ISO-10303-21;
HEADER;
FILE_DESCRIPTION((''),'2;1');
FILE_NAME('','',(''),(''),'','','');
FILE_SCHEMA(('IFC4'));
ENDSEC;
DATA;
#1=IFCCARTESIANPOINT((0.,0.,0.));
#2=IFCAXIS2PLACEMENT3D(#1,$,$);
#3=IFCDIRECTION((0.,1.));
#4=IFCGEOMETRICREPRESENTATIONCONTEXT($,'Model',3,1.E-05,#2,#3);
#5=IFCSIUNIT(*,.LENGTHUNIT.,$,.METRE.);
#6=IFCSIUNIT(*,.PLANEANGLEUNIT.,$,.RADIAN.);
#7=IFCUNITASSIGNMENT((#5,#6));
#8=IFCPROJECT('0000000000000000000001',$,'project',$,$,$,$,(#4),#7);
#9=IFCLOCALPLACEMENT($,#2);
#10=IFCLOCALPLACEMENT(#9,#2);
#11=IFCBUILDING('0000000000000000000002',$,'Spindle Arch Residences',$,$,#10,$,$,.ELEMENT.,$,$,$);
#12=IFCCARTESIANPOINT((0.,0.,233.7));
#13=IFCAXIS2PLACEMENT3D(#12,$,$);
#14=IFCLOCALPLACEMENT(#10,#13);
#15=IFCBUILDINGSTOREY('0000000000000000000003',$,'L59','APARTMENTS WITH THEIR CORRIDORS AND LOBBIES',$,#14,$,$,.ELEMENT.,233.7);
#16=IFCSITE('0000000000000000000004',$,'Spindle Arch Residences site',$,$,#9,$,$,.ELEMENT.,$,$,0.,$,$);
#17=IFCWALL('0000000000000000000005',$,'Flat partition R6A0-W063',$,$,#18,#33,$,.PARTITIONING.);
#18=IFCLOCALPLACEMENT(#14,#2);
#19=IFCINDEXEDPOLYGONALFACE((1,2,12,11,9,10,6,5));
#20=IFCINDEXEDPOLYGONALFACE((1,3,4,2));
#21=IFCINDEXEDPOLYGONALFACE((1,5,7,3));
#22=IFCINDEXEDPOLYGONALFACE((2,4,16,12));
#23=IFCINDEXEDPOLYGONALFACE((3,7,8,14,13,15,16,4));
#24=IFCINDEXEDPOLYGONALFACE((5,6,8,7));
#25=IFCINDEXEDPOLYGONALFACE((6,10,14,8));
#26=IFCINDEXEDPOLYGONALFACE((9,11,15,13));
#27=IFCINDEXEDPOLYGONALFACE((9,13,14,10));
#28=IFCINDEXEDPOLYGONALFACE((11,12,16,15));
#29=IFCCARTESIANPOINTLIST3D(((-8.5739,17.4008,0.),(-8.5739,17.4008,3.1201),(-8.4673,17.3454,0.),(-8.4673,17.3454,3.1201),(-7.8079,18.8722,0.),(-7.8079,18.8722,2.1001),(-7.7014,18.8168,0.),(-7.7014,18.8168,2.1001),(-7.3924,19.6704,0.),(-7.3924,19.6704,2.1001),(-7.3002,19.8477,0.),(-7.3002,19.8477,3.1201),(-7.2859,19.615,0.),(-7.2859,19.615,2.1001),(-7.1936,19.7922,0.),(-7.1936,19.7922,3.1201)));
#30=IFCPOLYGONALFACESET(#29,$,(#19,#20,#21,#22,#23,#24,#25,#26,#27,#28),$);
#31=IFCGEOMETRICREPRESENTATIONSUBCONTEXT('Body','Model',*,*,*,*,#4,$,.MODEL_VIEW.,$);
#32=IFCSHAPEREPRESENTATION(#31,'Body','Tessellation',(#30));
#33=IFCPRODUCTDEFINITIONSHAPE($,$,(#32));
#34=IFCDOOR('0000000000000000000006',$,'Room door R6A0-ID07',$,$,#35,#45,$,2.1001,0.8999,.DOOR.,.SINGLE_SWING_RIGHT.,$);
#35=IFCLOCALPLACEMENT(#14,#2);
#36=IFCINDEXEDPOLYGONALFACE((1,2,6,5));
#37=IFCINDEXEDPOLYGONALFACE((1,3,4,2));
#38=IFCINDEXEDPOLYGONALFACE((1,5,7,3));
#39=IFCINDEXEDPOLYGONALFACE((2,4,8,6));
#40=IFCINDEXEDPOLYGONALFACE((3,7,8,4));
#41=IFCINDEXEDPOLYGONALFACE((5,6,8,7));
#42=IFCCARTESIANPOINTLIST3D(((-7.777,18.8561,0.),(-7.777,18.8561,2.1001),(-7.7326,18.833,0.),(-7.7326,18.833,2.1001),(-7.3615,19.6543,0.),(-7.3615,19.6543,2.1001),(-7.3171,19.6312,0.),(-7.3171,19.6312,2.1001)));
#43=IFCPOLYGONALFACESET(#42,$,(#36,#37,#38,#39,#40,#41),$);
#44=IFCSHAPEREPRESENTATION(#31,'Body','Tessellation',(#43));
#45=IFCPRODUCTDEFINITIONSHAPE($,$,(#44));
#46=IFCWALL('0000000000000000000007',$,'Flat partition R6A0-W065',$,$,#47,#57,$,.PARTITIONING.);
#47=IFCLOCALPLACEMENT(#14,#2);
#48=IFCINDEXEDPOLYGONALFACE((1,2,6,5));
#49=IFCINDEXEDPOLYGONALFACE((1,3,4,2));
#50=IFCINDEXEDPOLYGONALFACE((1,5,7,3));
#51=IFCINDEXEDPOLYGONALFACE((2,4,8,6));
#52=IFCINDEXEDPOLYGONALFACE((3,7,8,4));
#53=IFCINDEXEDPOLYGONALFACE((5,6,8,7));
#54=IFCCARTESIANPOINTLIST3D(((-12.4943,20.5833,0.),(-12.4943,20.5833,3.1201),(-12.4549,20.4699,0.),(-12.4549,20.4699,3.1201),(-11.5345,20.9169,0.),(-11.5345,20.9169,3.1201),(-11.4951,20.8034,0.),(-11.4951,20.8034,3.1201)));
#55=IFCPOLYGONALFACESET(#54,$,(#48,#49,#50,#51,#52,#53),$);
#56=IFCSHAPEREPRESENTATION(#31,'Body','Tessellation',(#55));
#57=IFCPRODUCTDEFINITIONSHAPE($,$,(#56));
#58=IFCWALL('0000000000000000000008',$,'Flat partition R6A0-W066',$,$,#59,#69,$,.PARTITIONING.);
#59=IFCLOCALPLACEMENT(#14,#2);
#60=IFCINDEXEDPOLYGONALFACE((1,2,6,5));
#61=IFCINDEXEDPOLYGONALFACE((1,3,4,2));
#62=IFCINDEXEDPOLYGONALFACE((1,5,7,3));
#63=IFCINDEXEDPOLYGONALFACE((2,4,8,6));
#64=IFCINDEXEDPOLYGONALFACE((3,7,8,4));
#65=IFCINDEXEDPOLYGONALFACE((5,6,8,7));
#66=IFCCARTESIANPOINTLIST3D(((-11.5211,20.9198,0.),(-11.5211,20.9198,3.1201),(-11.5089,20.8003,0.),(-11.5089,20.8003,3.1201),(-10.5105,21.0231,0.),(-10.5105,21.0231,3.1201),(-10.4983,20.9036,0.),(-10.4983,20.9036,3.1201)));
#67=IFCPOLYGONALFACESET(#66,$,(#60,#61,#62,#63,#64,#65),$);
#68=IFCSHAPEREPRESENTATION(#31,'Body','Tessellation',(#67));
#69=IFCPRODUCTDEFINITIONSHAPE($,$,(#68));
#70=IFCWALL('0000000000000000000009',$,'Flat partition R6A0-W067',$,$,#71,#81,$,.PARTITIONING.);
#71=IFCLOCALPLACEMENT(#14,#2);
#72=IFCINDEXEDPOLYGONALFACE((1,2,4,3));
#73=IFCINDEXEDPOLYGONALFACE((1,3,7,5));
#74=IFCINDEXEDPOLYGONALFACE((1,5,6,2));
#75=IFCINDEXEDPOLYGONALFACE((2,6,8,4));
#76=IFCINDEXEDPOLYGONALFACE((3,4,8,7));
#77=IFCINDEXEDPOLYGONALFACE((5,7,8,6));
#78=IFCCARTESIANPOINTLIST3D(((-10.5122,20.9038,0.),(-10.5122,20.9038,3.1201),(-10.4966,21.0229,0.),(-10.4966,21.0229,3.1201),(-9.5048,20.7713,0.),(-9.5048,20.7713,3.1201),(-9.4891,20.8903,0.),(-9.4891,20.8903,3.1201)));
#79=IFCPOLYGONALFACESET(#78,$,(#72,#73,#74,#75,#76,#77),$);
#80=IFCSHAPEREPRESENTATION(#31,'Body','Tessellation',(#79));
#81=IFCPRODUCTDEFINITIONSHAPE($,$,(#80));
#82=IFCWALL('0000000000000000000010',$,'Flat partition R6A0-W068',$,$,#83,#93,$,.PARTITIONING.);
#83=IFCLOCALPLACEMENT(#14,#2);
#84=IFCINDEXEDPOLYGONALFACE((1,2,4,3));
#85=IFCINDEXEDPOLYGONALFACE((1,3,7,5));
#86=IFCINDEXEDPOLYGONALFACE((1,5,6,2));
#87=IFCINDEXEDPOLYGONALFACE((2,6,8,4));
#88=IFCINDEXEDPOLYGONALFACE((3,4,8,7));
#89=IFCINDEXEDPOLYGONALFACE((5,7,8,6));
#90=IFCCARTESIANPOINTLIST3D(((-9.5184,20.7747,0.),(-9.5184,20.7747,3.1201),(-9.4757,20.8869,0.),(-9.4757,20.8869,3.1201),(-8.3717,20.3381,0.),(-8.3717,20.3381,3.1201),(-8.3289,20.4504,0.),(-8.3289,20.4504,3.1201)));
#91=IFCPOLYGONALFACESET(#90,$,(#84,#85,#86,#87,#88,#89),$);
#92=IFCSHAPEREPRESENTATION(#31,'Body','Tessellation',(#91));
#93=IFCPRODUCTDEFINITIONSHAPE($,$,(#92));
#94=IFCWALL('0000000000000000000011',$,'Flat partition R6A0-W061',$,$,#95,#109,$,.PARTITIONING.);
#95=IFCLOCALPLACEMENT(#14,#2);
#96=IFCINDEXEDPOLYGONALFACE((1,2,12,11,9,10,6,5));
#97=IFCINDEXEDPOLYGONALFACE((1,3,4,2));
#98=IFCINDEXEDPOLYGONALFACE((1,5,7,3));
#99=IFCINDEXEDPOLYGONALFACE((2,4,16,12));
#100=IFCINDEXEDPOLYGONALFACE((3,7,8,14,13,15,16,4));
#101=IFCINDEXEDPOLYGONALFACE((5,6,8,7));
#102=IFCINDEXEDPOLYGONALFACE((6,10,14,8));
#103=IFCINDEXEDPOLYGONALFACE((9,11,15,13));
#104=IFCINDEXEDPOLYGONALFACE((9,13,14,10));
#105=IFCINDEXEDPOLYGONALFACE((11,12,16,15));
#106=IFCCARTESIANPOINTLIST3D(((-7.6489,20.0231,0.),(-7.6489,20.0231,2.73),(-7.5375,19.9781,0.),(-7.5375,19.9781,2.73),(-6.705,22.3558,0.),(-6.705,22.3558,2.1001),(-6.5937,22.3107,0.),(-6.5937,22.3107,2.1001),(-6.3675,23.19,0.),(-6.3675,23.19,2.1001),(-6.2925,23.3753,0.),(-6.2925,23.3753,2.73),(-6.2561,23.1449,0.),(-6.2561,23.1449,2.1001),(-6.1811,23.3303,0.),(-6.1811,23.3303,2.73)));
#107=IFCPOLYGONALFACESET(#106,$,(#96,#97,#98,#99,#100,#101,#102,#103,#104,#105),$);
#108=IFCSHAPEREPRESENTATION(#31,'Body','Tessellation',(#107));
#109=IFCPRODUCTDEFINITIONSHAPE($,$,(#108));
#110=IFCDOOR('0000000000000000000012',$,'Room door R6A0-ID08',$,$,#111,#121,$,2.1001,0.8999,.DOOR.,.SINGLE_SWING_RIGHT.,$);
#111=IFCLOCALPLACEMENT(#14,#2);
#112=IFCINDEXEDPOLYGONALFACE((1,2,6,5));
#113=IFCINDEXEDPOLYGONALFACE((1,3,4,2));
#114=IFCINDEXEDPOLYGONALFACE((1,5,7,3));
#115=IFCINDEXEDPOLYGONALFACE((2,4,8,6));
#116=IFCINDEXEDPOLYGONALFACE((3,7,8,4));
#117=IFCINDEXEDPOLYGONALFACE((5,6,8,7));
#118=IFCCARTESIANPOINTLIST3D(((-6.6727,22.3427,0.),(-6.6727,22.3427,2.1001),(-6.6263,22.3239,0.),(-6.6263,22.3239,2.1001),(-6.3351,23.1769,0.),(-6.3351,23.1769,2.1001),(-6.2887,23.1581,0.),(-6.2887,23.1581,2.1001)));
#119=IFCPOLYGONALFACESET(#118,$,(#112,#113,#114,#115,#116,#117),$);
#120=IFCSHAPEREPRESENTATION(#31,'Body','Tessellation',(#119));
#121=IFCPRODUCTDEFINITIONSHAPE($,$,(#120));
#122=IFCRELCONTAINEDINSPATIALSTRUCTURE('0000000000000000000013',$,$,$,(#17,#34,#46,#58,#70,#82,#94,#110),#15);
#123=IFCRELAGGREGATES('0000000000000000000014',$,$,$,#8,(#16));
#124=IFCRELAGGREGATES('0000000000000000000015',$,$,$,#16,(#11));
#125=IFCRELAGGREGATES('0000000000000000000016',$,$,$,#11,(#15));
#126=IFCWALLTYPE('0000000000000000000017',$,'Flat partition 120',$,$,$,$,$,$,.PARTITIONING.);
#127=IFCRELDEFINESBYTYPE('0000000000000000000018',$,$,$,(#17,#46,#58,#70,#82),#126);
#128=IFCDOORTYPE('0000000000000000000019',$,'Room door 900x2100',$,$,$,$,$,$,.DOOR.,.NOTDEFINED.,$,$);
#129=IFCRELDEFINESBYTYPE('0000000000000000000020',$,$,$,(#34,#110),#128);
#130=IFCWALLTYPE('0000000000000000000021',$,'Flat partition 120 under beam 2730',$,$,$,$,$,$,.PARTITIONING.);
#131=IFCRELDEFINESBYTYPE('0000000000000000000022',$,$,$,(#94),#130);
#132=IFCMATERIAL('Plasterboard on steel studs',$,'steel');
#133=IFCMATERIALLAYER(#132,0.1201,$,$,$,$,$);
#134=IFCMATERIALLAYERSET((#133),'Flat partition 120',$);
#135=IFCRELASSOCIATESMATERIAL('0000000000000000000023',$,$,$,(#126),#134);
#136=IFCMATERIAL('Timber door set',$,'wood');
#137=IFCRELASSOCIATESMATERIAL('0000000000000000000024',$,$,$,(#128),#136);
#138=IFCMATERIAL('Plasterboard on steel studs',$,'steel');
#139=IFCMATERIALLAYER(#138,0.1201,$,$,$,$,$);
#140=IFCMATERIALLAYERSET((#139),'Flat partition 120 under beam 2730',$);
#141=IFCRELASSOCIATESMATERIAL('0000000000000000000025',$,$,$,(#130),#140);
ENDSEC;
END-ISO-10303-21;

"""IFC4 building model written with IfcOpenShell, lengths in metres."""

from ifc_helpers import new_model, si_unit, direction, frame, frame_2d, origin, place, context, subcontext, project, spatial, rectangle, extrude, material, layer, layer_set, type_object, element, fill, save


model = new_model("IFC4")

# Units and contexts
model_context = context("Model", 3, precision=1e-05, world=origin(), true_north=direction((0.0, 1.0)))
body_context = subcontext(model_context, "Body", "Model", "MODEL_VIEW")
ifc_project = project(units=[si_unit("LENGTHUNIT", "METRE"), si_unit("PLANEANGLEUNIT", "RADIAN")], contexts=[model_context])

# Site, building, storey
site_placement = place(None, origin())
site = spatial("IfcSite", under=ifc_project, at=site_placement, Name="Spindle Arch Residences site", CompositionType="ELEMENT", RefElevation=0.0)
building_placement = place(site_placement, origin())
building = spatial("IfcBuilding", under=site, at=building_placement, Name="Spindle Arch Residences", CompositionType="ELEMENT")
storey_placement = place(building_placement, frame((0.0, 0.0, 233.7)))
storey = spatial("IfcBuildingStorey", under=building, at=storey_placement, Name="L59", Description="APARTMENTS WITH THEIR CORRIDORS AND LOBBIES", CompositionType="ELEMENT", Elevation=233.7)

# Shared definitions
ifc_material_1 = material(Name="Plasterboard on steel studs", Category="steel")
ifc_layer_1 = layer(ifc_material_1, 0.1201)
ifc_layer_set_1 = layer_set([ifc_layer_1], Name="Flat partition 120")
wall_type_1 = type_object("IfcWallType", Name="Flat partition 120", PredefinedType="PARTITIONING", material=ifc_layer_set_1)

# Wall, opening, door
wall_1_placement = place(storey_placement, frame((-7.2468, 19.8201, 0.0), z_axis=(0.0, 0.0, 1.0), x_axis=(-0.46174, -0.887015, 0.0)))
wall_1 = element("IfcWall", 1, at=wall_1_placement, inside=storey, type_object=wall_type_1, Name="Flat partition R6A0-W063", PredefinedType="PARTITIONING", context=body_context, shape_type="SweptSolid", body=[
    extrude(rectangle(XDim=2.7585, YDim=0.1201, at=frame_2d((1.3794, 0.0))), origin(), (0.0, 0.0, 1.0), 3.1201),
])
opening_1_placement = place(wall_1_placement, frame((0.2, 0.0, 0.0)))
opening_1 = element("IfcOpeningElement", 2, at=opening_1_placement, cuts=wall_1, PredefinedType="OPENING", context=body_context, shape_type="SweptSolid", body=[
    extrude(rectangle(XDim=0.8999, YDim=2.1001, at=frame_2d((0.45, 1.05))), frame((0.0, 0.0701, 0.0), z_axis=(0.0, -1.0, 0.0), x_axis=(1.0, 0.0, 0.0)), (0.0, 0.0, 1.0), 0.1401),
])
ifc_material_2 = material(Name="Timber door set", Category="wood")
door_type = type_object("IfcDoorType", Name="Room door 900x2100", OperationType="NOTDEFINED", PredefinedType="DOOR", material=ifc_material_2)
door_1_placement = place(opening_1_placement, origin())
door_1 = element("IfcDoor", 3, at=door_1_placement, inside=storey, type_object=door_type, Name="Room door R6A0-ID07", OperationType="SINGLE_SWING_RIGHT", OverallHeight=2.1001, OverallWidth=0.8999, PredefinedType="DOOR", context=body_context, shape_type="SweptSolid", body=[
    extrude(rectangle(XDim=0.8999, YDim=2.1001, at=frame_2d((0.45, 1.05))), frame((0.0, 0.0249, 0.0), z_axis=(0.0, -1.0, 0.0), x_axis=(1.0, 0.0, 0.0)), (0.0, 0.0, 1.0), 0.05),
])
fill(opening_1, door_1)

# Walls
wall_2_placement = place(storey_placement, frame((-12.4746, 20.5266, 0.0), z_axis=(0.0, 0.0, 1.0), x_axis=(0.944594, 0.328241, 0.0)))
element("IfcWall", 4, at=wall_2_placement, inside=storey, type_object=wall_type_1, Name="Flat partition R6A0-W065", PredefinedType="PARTITIONING", context=body_context, shape_type="SweptSolid", body=[
    extrude(rectangle(XDim=1.0161, YDim=0.1201, at=frame_2d((0.5081, 0.0))), origin(), (0.0, 0.0, 1.0), 3.1201),
])
wall_3_placement = place(storey_placement, frame((-11.5149, 20.8601, 0.0), z_axis=(0.0, 0.0, 1.0), x_axis=(0.994818, 0.101669, 0.0)))
element("IfcWall", 5, at=wall_3_placement, inside=storey, type_object=wall_type_1, Name="Flat partition R6A0-W066", PredefinedType="PARTITIONING", context=body_context, shape_type="SweptSolid", body=[
    extrude(rectangle(XDim=1.0159, YDim=0.1201, at=frame_2d((0.5078, 0.0))), origin(), (0.0, 0.0, 1.0), 3.1201),
])
wall_4_placement = place(storey_placement, frame((-10.5044, 20.9634, 0.0), z_axis=(0.0, 0.0, 1.0), x_axis=(0.991451, -0.130479, 0.0)))
element("IfcWall", 6, at=wall_4_placement, inside=storey, type_object=wall_type_1, Name="Flat partition R6A0-W067", PredefinedType="PARTITIONING", context=body_context, shape_type="SweptSolid", body=[
    extrude(rectangle(XDim=1.0161, YDim=0.1201, at=frame_2d((0.5081, 0.0))), origin(), (0.0, 0.0, 1.0), 3.1201),
])
wall_5_placement = place(storey_placement, frame((-9.4971, 20.8308, 0.0), z_axis=(0.0, 0.0, 1.0), x_axis=(0.934576, -0.355764, 0.0)))
element("IfcWall", 7, at=wall_5_placement, inside=storey, type_object=wall_type_1, Name="Flat partition R6A0-W068", PredefinedType="PARTITIONING", context=body_context, shape_type="SweptSolid", body=[
    extrude(rectangle(XDim=1.2271, YDim=0.1201, at=frame_2d((0.6135, 0.0))), origin(), (0.0, 0.0, 1.0), 3.1201),
])

# Wall, opening, door
ifc_material_3 = material(Name="Plasterboard on steel studs", Category="steel")
ifc_layer_2 = layer(ifc_material_3, 0.1201)
ifc_layer_set_2 = layer_set([ifc_layer_2], Name="Flat partition 120 under beam 2730")
wall_type_2 = type_object("IfcWallType", Name="Flat partition 120 under beam 2730", PredefinedType="PARTITIONING", material=ifc_layer_set_2)
wall_6_placement = place(storey_placement, frame((-6.2368, 23.3528, 0.0), z_axis=(0.0, 0.0, 1.0), x_axis=(-0.375089, -0.926989, 0.0)))
wall_6 = element("IfcWall", 8, at=wall_6_placement, inside=storey, type_object=wall_type_2, Name="Flat partition R6A0-W061", PredefinedType="PARTITIONING", context=body_context, shape_type="SweptSolid", body=[
    extrude(rectangle(XDim=3.6162, YDim=0.1201, at=frame_2d((1.8081, 0.0))), origin(), (0.0, 0.0, 1.0), 2.73),
])
opening_2_placement = place(wall_6_placement, frame((0.2, 0.0, 0.0)))
opening_2 = element("IfcOpeningElement", 9, at=opening_2_placement, cuts=wall_6, PredefinedType="OPENING", context=body_context, shape_type="SweptSolid", body=[
    extrude(rectangle(XDim=0.8999, YDim=2.1001, at=frame_2d((0.45, 1.05))), frame((0.0, 0.0701, 0.0), z_axis=(0.0, -1.0, 0.0), x_axis=(1.0, 0.0, 0.0)), (0.0, 0.0, 1.0), 0.1401),
])
door_2_placement = place(opening_2_placement, origin())
door_2 = element("IfcDoor", 10, at=door_2_placement, inside=storey, type_object=door_type, Name="Room door R6A0-ID08", OperationType="SINGLE_SWING_RIGHT", OverallHeight=2.1001, OverallWidth=0.8999, PredefinedType="DOOR", context=body_context, shape_type="SweptSolid", body=[
    extrude(rectangle(XDim=0.8999, YDim=2.1001, at=frame_2d((0.45, 1.05))), frame((0.0, 0.0249, 0.0), z_axis=(0.0, -1.0, 0.0), x_axis=(1.0, 0.0, 0.0)), (0.0, 0.0, 1.0), 0.05),
])
fill(opening_2, door_2)

save(model, "model.ifc")
